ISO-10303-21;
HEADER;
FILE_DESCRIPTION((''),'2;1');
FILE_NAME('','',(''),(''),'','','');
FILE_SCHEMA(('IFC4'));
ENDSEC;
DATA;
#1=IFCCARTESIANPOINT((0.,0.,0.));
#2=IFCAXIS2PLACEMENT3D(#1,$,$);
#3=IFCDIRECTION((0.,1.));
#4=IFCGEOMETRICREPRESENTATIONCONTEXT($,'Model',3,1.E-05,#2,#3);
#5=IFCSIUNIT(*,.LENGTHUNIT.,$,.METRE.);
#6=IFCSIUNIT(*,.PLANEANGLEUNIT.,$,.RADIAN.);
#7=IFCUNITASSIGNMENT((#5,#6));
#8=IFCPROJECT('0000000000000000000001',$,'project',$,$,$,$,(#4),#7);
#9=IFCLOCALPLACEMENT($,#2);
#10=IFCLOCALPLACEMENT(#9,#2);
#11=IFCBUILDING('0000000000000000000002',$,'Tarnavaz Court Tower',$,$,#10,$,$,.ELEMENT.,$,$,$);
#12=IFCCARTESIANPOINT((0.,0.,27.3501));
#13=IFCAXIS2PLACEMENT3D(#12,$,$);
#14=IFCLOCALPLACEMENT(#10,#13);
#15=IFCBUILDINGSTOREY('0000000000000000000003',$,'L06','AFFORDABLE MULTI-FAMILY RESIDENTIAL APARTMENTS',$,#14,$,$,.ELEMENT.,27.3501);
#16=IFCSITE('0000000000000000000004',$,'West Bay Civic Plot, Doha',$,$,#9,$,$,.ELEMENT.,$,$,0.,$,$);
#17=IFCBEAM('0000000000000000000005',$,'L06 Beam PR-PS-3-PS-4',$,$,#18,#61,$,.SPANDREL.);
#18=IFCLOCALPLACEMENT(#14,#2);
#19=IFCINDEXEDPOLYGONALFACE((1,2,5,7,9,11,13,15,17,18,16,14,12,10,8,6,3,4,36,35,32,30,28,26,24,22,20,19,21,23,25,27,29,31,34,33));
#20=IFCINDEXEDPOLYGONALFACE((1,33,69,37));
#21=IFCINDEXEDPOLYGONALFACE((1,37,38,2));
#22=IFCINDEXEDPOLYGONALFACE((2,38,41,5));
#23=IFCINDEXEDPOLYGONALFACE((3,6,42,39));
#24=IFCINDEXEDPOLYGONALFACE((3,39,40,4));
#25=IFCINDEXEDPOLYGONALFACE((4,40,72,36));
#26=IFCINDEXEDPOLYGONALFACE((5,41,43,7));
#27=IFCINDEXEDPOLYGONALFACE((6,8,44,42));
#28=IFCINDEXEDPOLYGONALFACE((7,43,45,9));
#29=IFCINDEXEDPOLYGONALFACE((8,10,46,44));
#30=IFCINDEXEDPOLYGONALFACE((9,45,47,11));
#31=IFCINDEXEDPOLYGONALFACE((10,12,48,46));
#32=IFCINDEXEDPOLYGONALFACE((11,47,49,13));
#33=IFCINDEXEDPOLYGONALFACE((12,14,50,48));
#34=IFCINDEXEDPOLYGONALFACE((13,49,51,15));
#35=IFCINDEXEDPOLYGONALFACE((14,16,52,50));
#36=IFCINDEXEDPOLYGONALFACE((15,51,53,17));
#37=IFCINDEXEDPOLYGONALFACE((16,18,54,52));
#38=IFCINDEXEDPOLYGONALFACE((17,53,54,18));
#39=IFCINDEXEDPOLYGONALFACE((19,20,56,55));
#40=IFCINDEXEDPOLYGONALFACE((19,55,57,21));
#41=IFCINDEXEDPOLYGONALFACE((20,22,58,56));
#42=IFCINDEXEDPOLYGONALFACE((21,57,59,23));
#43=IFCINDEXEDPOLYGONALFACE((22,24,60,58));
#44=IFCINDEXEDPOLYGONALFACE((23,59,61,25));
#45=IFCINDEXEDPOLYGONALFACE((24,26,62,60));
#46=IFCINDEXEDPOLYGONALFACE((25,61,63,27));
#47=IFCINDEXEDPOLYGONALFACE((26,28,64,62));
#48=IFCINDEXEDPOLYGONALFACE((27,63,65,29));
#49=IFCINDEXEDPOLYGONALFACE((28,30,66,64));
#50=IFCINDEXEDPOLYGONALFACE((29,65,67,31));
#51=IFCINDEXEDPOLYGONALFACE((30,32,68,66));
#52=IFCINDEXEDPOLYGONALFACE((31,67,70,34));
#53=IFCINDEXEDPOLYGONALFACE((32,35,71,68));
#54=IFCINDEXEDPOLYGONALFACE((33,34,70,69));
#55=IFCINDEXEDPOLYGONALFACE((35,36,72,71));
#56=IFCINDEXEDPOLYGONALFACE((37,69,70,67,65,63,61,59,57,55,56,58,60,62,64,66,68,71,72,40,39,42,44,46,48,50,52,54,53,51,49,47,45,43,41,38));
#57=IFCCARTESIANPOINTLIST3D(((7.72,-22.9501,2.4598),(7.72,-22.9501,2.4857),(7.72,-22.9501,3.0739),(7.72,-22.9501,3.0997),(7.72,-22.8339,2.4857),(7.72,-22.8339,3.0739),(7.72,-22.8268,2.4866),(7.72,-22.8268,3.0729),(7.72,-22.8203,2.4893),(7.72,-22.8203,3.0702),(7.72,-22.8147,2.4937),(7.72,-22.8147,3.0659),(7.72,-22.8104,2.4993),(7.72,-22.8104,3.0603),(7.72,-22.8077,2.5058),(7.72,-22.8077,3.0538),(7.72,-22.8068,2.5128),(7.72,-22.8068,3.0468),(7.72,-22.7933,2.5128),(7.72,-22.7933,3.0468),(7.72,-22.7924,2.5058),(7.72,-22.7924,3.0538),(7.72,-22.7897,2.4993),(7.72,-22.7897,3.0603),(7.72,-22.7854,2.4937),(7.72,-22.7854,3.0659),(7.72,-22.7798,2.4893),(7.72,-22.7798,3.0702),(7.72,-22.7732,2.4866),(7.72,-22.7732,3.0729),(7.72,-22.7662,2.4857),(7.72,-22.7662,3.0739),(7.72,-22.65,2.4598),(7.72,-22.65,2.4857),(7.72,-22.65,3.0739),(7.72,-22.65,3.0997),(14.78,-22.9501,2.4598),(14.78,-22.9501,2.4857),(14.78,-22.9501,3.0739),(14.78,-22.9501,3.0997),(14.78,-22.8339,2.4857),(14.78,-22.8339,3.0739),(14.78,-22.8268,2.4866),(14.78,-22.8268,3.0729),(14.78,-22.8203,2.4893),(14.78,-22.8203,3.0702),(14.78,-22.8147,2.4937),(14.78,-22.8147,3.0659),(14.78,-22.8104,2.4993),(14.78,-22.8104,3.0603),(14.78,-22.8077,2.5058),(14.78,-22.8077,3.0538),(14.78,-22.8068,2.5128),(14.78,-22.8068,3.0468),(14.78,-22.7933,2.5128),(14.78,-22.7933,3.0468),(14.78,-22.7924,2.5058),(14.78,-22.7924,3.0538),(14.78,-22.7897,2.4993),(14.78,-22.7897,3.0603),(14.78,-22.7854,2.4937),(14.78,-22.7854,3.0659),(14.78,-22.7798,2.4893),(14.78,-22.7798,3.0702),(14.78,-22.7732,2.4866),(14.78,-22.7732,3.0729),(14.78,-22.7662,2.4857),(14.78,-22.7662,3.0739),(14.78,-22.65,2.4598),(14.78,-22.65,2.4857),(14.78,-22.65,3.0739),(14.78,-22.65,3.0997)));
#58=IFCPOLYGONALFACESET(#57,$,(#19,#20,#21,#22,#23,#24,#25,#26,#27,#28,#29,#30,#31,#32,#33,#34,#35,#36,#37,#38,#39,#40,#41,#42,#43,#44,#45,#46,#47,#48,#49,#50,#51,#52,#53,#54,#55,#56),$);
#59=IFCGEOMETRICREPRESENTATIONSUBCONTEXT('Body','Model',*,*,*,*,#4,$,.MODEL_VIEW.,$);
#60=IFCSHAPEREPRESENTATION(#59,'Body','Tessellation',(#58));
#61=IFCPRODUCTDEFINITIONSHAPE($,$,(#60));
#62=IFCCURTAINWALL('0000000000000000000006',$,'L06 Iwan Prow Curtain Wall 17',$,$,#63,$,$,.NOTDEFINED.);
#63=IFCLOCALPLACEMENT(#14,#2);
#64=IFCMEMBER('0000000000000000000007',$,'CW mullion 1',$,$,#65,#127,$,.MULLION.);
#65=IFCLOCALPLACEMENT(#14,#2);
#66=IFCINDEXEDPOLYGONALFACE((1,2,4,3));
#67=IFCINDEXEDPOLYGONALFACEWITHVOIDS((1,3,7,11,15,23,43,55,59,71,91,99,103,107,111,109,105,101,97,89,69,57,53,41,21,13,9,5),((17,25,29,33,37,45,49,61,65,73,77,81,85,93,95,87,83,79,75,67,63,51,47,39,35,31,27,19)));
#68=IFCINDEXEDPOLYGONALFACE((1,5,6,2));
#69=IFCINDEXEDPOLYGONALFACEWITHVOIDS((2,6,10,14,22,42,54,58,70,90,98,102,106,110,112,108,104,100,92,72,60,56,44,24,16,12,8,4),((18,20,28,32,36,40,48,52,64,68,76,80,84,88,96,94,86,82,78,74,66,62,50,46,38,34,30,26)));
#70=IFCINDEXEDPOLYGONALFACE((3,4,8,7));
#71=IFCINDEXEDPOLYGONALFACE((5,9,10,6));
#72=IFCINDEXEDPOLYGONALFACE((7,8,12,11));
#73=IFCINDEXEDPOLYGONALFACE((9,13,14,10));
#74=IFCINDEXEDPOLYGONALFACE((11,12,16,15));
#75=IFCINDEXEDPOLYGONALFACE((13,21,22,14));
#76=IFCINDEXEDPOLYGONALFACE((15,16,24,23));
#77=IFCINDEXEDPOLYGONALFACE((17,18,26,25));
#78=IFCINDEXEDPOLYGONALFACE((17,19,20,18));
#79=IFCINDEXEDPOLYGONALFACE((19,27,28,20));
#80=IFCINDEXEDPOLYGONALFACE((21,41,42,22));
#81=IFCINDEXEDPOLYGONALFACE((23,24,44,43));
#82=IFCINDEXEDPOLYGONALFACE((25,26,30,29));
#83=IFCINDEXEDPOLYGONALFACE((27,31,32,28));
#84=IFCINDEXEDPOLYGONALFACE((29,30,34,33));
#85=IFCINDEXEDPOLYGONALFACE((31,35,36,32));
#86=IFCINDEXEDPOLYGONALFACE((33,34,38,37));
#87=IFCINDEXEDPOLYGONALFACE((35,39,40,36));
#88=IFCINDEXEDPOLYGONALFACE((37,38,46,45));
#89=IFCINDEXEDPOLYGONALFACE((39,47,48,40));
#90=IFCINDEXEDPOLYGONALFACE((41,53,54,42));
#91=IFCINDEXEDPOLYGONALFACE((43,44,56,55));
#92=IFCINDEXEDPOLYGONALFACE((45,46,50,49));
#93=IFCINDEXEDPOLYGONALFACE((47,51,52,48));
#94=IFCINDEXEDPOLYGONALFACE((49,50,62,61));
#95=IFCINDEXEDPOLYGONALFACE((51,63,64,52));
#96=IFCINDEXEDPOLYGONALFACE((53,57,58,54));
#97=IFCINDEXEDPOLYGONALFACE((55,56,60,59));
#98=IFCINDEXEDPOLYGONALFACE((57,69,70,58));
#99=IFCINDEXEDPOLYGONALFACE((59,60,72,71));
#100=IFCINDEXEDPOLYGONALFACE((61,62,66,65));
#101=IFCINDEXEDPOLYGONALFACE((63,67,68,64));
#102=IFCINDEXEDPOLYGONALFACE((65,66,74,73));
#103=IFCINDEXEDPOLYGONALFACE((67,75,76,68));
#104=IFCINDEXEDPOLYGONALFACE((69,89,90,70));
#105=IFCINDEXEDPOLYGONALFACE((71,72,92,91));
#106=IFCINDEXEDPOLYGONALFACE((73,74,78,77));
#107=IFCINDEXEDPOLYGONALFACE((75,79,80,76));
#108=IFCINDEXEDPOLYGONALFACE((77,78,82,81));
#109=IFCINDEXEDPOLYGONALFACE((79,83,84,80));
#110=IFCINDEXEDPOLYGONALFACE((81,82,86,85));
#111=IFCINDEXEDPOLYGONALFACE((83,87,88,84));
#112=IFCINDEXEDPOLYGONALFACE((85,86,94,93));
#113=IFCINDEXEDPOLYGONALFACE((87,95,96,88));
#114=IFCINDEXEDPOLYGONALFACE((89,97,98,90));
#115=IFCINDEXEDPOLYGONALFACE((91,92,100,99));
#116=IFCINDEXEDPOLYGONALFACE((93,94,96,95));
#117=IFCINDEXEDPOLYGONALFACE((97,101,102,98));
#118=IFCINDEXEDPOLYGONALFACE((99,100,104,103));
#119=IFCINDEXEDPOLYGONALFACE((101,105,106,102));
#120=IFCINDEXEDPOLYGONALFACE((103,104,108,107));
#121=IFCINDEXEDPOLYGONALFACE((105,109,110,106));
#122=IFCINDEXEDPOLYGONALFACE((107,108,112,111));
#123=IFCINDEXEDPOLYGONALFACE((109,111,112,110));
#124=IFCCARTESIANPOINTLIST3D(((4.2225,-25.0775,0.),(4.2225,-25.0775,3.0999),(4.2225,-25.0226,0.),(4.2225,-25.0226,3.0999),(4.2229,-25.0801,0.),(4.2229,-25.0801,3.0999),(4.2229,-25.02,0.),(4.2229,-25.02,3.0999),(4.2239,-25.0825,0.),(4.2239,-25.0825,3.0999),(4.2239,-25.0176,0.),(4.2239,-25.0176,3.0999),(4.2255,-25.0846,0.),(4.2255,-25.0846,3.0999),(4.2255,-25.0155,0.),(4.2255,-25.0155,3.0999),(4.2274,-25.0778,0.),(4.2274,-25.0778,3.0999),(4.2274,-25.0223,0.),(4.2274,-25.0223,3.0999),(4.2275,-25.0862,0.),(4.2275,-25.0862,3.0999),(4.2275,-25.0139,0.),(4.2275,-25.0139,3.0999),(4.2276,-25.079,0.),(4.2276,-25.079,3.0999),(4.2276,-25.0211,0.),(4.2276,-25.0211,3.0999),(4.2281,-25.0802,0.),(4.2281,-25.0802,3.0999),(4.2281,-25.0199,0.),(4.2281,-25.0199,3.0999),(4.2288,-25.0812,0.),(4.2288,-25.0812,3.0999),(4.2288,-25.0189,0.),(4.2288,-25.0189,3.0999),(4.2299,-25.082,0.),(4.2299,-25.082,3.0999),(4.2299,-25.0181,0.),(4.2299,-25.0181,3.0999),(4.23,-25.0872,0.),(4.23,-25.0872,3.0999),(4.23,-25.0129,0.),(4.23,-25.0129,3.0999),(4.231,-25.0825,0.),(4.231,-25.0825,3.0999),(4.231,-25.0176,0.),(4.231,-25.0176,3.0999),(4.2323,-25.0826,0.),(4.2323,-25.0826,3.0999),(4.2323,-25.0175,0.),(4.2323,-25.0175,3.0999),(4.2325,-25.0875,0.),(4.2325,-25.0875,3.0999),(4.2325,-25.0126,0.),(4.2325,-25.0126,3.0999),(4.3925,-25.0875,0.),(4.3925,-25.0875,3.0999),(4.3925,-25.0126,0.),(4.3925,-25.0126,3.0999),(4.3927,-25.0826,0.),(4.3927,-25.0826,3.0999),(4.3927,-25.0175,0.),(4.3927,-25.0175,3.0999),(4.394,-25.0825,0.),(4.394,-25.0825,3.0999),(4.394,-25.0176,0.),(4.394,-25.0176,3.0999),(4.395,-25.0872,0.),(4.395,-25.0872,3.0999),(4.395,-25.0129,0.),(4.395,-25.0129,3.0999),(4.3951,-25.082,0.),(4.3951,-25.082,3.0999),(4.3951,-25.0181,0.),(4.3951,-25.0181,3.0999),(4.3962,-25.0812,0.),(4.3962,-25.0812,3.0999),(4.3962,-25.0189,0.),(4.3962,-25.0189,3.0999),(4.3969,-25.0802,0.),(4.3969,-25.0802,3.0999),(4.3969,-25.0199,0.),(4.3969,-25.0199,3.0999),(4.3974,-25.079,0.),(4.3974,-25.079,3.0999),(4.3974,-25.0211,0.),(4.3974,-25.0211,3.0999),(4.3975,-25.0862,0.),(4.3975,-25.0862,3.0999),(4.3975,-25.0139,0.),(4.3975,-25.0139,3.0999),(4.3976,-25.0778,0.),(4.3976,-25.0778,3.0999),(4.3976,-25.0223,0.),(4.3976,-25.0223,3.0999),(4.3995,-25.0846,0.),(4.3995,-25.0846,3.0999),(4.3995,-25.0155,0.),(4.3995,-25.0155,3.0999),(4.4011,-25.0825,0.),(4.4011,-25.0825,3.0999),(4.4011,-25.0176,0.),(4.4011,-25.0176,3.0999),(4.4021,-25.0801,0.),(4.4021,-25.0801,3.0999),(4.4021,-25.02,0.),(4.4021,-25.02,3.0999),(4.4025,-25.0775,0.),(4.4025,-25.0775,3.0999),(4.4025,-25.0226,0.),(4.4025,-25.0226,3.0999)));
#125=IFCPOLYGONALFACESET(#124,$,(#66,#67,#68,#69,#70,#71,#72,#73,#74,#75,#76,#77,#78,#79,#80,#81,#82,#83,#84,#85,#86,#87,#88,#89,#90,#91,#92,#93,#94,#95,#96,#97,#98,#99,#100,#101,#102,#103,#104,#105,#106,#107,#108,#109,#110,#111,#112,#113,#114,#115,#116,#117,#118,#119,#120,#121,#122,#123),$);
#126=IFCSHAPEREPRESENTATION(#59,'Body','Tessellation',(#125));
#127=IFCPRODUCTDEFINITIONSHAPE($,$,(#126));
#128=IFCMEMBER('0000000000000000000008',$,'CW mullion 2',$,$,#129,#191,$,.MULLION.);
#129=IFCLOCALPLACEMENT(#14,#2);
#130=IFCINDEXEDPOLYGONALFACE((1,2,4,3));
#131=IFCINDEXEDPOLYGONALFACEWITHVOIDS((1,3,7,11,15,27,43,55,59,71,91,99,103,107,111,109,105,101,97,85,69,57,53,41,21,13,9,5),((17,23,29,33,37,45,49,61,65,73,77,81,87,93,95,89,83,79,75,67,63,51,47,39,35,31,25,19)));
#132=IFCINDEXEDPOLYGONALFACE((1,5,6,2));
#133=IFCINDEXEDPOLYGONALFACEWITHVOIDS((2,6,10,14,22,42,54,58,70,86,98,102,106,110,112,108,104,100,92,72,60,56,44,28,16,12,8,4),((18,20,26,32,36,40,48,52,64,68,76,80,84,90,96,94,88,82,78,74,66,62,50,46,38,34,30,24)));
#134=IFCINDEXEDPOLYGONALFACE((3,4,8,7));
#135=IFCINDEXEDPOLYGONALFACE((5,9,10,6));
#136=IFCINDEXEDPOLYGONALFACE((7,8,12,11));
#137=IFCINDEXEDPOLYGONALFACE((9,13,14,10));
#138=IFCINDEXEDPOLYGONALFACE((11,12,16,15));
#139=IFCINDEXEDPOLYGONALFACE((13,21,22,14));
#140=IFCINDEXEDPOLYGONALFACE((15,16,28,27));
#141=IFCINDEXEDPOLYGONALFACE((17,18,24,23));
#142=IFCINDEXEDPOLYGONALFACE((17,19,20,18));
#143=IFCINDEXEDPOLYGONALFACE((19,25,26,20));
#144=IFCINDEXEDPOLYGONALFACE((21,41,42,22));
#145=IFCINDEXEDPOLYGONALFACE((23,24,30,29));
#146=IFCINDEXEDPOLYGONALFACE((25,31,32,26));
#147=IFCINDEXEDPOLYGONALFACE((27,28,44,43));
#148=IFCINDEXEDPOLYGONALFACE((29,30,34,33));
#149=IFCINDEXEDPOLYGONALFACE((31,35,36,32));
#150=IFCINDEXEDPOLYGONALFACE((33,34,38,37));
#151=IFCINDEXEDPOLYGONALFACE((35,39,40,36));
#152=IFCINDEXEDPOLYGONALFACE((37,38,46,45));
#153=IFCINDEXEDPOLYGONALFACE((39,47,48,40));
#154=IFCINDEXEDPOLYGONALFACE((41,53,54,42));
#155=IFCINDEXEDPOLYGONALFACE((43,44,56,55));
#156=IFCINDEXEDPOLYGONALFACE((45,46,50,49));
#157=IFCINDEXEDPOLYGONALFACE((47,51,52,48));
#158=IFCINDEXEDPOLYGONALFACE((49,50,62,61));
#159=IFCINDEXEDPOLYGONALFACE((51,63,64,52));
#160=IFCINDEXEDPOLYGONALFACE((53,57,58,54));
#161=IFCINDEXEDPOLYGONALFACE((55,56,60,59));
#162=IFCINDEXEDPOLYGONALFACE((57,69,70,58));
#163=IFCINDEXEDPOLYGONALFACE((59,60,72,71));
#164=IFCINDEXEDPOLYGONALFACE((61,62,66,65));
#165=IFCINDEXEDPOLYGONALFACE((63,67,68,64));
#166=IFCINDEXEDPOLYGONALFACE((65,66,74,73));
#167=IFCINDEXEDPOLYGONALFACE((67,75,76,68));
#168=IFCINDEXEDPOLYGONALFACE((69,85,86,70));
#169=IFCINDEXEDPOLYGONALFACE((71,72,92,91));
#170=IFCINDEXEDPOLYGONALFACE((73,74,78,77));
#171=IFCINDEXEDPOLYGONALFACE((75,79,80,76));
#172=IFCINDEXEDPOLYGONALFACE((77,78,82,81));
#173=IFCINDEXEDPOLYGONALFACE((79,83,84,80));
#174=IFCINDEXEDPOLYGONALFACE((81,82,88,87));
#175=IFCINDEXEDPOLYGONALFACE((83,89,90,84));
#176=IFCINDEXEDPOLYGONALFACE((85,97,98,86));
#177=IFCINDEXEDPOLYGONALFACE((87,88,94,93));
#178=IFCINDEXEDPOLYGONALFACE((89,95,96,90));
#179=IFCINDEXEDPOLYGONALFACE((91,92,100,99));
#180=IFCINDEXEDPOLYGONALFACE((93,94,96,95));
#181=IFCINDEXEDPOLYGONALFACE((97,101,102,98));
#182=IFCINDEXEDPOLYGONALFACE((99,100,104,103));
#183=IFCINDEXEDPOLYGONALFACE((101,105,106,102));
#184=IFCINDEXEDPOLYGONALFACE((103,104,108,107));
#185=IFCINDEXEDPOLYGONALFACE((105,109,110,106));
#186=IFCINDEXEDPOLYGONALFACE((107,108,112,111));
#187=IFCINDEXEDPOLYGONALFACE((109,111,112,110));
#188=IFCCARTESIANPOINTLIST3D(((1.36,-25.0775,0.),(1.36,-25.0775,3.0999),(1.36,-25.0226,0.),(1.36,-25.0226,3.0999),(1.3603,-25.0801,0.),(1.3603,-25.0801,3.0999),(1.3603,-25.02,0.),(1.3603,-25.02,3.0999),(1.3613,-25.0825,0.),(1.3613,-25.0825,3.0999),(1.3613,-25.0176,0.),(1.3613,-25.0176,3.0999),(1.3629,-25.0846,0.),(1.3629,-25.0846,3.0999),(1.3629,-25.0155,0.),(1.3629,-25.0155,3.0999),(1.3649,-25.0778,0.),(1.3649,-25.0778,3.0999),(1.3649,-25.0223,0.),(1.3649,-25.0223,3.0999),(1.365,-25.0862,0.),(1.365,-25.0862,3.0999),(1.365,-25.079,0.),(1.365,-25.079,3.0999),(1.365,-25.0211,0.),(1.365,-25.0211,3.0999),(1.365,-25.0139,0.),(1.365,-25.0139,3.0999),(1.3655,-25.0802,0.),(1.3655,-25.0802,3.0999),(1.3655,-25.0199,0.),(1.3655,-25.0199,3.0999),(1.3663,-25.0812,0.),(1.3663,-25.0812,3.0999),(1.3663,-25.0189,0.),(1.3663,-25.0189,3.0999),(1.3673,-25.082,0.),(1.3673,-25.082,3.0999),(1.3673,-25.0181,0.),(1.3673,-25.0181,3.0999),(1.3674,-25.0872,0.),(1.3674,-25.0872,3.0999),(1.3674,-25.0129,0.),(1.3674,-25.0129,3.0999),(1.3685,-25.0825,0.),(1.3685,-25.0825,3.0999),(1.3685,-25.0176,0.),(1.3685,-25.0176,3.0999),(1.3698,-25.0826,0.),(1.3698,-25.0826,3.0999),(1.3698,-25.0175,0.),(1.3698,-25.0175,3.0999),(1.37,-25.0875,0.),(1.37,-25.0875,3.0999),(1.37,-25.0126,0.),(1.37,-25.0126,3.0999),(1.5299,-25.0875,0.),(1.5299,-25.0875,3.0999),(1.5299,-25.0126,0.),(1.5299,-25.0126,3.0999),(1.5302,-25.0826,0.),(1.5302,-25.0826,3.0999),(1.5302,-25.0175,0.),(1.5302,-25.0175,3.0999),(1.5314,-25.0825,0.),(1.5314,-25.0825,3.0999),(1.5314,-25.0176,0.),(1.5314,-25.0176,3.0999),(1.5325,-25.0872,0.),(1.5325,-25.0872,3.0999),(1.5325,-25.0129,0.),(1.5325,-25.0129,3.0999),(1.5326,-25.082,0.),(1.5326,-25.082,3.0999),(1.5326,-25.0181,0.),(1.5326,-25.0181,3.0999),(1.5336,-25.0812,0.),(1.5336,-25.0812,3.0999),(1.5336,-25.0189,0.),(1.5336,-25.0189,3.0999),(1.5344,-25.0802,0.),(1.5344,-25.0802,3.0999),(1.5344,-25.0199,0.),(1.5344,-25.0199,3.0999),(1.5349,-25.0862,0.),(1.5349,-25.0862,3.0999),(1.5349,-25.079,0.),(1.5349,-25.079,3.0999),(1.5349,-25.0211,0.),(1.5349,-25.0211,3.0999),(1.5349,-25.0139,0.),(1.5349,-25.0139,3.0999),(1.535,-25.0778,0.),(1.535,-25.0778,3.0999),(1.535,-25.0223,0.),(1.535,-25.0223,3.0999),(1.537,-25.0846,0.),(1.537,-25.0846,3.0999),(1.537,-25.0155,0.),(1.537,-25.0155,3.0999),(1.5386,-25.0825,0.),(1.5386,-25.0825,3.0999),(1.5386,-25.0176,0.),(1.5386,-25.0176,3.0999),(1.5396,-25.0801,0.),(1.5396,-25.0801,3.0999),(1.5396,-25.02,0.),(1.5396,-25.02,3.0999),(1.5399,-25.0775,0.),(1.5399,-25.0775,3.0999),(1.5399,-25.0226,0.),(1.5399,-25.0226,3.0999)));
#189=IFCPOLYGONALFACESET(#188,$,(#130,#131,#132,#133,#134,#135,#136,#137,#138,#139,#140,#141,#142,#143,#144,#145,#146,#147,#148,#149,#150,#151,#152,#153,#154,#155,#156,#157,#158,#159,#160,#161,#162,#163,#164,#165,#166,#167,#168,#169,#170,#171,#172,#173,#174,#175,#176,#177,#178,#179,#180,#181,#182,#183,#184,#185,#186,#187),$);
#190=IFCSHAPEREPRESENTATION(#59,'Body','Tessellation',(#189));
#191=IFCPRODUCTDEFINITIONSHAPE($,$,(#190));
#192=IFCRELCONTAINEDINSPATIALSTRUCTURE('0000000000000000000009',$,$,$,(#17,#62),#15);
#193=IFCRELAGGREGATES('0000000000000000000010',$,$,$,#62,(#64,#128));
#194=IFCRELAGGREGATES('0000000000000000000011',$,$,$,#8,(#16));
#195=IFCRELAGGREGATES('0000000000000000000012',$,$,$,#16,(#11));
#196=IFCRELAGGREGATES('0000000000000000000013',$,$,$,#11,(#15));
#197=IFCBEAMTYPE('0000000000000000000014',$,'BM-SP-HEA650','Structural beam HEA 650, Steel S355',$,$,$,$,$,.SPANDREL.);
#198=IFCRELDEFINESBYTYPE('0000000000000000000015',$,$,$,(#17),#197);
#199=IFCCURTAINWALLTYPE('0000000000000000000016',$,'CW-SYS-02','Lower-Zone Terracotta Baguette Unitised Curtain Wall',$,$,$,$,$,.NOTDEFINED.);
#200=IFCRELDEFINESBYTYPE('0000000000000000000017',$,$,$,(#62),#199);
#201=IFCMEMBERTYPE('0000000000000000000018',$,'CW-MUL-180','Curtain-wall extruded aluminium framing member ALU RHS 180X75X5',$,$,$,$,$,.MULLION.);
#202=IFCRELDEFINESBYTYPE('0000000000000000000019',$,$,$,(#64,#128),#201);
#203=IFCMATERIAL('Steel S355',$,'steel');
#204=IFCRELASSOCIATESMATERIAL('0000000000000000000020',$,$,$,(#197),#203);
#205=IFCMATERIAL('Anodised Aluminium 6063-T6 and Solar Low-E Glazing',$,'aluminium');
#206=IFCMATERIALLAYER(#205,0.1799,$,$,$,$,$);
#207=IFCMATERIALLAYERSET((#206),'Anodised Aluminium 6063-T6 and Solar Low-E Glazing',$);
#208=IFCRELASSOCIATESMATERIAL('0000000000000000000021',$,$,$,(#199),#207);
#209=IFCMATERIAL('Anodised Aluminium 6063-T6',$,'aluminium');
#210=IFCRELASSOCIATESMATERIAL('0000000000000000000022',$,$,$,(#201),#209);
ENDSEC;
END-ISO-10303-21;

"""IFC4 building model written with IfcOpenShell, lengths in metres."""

from ifc_helpers import new_model, si_unit, direction, frame, origin, origin_2d, place, context, subcontext, project, spatial, hollow_rectangle, i_section, extrude, material, layer, layer_set, material_profile, profile_set, type_object, element, aggregate, save


model = new_model("IFC4")

# Units and contexts
model_context = context("Model", 3, precision=1e-05, world=origin(), true_north=direction((0.0, 1.0)))
body_context = subcontext(model_context, "Body", "Model", "MODEL_VIEW")
ifc_project = project(units=[si_unit("LENGTHUNIT", "METRE"), si_unit("PLANEANGLEUNIT", "RADIAN")], contexts=[model_context])

# Site, building, storey
site_placement = place(None, origin())
site = spatial("IfcSite", under=ifc_project, at=site_placement, Name="West Bay Civic Plot, Doha", CompositionType="ELEMENT", RefElevation=0.0)
building_placement = place(site_placement, origin())
building = spatial("IfcBuilding", under=site, at=building_placement, Name="Tarnavaz Court Tower", CompositionType="ELEMENT")
storey_placement = place(building_placement, frame((0.0, 0.0, 27.3501)))
storey = spatial("IfcBuildingStorey", under=building, at=storey_placement, Name="L06", Description="AFFORDABLE MULTI-FAMILY RESIDENTIAL APARTMENTS", CompositionType="ELEMENT", Elevation=27.3501)

# Beam
ifc_material_1 = material(Name="Steel S355", Category="steel")
ifc_material_profile_1 = material_profile(ifc_material_1, i_section(OverallWidth=0.3, OverallDepth=0.6399, WebThickness=0.0134, FlangeThickness=0.0259, FilletRadius=0.0271, at=origin_2d()), Name="HEA 650")
ifc_profile_set_1 = profile_set([ifc_material_profile_1], Name="Steel S355")
beam_type_1 = type_object("IfcBeamType", Name="BM-SP-HEA650", Description="Structural beam HEA 650, Steel S355", PredefinedType="SPANDREL", material=ifc_profile_set_1)
beam_placement = place(storey_placement, frame((7.72, -22.8, 2.7798), z_axis=(1.0, 0.0, 0.0), x_axis=(0.0, 1.0, 0.0)))
element("IfcBeam", 1, at=beam_placement, inside=storey, type_object=beam_type_1, Name="L06 Beam PR-PS-3-PS-4", PredefinedType="SPANDREL", context=body_context, shape_type="SweptSolid", body=[
    extrude(i_section(OverallWidth=0.3, OverallDepth=0.6399, WebThickness=0.0134, FlangeThickness=0.0259, FilletRadius=0.0271, at=origin_2d()), origin(), (0.0, 0.0, 1.0), 7.0601),
])

# Curtain wall, members
ifc_material_2 = material(Name="Anodised Aluminium 6063-T6 and Solar Low-E Glazing", Category="aluminium")
ifc_layer_1 = layer(ifc_material_2, 0.1799)
ifc_layer_set_1 = layer_set([ifc_layer_1], Name="Anodised Aluminium 6063-T6 and Solar Low-E Glazing")
curtain_wall_type = type_object("IfcCurtainWallType", Name="CW-SYS-02", Description="Lower-Zone Terracotta Baguette Unitised Curtain Wall", PredefinedType="NOTDEFINED", material=ifc_layer_set_1)
curtain_wall_placement = place(storey_placement, origin())
curtain_wall = element("IfcCurtainWall", 2, at=curtain_wall_placement, inside=storey, type_object=curtain_wall_type, Name="L06 Iwan Prow Curtain Wall 17", PredefinedType="NOTDEFINED")
ifc_material_3 = material(Name="Anodised Aluminium 6063-T6", Category="aluminium")
ifc_material_profile_2 = material_profile(ifc_material_3, hollow_rectangle(XDim=0.075, YDim=0.1799, WallThickness=0.0049, InnerFilletRadius=0.0049, OuterFilletRadius=0.01, at=origin_2d()), Name="ALU RHS 180X75X5")
ifc_profile_set_2 = profile_set([ifc_material_profile_2], Name="Anodised Aluminium 6063-T6")
member_type_1 = type_object("IfcMemberType", Name="CW-MUL-180", Description="Curtain-wall extruded aluminium framing member ALU RHS 180X75X5", PredefinedType="MULLION", material=ifc_profile_set_2)
member_1_placement = place(storey_placement, frame((4.3125, -25.05, 0.0), z_axis=(0.0, 0.0, 1.0), x_axis=(0.0, -1.0, 0.0)))
member_1 = element("IfcMember", 3, at=member_1_placement, type_object=member_type_1, Name="CW mullion 1", PredefinedType="MULLION", context=body_context, shape_type="SweptSolid", body=[
    extrude(hollow_rectangle(XDim=0.075, YDim=0.1799, WallThickness=0.0049, InnerFilletRadius=0.0049, OuterFilletRadius=0.01, at=origin_2d()), origin(), (0.0, 0.0, 1.0), 3.0999),
])
member_2_placement = place(storey_placement, frame((1.45, -25.05, 0.0), z_axis=(0.0, 0.0, 1.0), x_axis=(0.0, -1.0, 0.0)))
member_2 = element("IfcMember", 4, at=member_2_placement, type_object=member_type_1, Name="CW mullion 2", PredefinedType="MULLION", context=body_context, shape_type="SweptSolid", body=[
    extrude(hollow_rectangle(XDim=0.075, YDim=0.1799, WallThickness=0.0049, InnerFilletRadius=0.0049, OuterFilletRadius=0.01, at=origin_2d()), origin(), (0.0, 0.0, 1.0), 3.0999),
])
aggregate(curtain_wall, [member_1, member_2])

save(model, "model.ifc")
